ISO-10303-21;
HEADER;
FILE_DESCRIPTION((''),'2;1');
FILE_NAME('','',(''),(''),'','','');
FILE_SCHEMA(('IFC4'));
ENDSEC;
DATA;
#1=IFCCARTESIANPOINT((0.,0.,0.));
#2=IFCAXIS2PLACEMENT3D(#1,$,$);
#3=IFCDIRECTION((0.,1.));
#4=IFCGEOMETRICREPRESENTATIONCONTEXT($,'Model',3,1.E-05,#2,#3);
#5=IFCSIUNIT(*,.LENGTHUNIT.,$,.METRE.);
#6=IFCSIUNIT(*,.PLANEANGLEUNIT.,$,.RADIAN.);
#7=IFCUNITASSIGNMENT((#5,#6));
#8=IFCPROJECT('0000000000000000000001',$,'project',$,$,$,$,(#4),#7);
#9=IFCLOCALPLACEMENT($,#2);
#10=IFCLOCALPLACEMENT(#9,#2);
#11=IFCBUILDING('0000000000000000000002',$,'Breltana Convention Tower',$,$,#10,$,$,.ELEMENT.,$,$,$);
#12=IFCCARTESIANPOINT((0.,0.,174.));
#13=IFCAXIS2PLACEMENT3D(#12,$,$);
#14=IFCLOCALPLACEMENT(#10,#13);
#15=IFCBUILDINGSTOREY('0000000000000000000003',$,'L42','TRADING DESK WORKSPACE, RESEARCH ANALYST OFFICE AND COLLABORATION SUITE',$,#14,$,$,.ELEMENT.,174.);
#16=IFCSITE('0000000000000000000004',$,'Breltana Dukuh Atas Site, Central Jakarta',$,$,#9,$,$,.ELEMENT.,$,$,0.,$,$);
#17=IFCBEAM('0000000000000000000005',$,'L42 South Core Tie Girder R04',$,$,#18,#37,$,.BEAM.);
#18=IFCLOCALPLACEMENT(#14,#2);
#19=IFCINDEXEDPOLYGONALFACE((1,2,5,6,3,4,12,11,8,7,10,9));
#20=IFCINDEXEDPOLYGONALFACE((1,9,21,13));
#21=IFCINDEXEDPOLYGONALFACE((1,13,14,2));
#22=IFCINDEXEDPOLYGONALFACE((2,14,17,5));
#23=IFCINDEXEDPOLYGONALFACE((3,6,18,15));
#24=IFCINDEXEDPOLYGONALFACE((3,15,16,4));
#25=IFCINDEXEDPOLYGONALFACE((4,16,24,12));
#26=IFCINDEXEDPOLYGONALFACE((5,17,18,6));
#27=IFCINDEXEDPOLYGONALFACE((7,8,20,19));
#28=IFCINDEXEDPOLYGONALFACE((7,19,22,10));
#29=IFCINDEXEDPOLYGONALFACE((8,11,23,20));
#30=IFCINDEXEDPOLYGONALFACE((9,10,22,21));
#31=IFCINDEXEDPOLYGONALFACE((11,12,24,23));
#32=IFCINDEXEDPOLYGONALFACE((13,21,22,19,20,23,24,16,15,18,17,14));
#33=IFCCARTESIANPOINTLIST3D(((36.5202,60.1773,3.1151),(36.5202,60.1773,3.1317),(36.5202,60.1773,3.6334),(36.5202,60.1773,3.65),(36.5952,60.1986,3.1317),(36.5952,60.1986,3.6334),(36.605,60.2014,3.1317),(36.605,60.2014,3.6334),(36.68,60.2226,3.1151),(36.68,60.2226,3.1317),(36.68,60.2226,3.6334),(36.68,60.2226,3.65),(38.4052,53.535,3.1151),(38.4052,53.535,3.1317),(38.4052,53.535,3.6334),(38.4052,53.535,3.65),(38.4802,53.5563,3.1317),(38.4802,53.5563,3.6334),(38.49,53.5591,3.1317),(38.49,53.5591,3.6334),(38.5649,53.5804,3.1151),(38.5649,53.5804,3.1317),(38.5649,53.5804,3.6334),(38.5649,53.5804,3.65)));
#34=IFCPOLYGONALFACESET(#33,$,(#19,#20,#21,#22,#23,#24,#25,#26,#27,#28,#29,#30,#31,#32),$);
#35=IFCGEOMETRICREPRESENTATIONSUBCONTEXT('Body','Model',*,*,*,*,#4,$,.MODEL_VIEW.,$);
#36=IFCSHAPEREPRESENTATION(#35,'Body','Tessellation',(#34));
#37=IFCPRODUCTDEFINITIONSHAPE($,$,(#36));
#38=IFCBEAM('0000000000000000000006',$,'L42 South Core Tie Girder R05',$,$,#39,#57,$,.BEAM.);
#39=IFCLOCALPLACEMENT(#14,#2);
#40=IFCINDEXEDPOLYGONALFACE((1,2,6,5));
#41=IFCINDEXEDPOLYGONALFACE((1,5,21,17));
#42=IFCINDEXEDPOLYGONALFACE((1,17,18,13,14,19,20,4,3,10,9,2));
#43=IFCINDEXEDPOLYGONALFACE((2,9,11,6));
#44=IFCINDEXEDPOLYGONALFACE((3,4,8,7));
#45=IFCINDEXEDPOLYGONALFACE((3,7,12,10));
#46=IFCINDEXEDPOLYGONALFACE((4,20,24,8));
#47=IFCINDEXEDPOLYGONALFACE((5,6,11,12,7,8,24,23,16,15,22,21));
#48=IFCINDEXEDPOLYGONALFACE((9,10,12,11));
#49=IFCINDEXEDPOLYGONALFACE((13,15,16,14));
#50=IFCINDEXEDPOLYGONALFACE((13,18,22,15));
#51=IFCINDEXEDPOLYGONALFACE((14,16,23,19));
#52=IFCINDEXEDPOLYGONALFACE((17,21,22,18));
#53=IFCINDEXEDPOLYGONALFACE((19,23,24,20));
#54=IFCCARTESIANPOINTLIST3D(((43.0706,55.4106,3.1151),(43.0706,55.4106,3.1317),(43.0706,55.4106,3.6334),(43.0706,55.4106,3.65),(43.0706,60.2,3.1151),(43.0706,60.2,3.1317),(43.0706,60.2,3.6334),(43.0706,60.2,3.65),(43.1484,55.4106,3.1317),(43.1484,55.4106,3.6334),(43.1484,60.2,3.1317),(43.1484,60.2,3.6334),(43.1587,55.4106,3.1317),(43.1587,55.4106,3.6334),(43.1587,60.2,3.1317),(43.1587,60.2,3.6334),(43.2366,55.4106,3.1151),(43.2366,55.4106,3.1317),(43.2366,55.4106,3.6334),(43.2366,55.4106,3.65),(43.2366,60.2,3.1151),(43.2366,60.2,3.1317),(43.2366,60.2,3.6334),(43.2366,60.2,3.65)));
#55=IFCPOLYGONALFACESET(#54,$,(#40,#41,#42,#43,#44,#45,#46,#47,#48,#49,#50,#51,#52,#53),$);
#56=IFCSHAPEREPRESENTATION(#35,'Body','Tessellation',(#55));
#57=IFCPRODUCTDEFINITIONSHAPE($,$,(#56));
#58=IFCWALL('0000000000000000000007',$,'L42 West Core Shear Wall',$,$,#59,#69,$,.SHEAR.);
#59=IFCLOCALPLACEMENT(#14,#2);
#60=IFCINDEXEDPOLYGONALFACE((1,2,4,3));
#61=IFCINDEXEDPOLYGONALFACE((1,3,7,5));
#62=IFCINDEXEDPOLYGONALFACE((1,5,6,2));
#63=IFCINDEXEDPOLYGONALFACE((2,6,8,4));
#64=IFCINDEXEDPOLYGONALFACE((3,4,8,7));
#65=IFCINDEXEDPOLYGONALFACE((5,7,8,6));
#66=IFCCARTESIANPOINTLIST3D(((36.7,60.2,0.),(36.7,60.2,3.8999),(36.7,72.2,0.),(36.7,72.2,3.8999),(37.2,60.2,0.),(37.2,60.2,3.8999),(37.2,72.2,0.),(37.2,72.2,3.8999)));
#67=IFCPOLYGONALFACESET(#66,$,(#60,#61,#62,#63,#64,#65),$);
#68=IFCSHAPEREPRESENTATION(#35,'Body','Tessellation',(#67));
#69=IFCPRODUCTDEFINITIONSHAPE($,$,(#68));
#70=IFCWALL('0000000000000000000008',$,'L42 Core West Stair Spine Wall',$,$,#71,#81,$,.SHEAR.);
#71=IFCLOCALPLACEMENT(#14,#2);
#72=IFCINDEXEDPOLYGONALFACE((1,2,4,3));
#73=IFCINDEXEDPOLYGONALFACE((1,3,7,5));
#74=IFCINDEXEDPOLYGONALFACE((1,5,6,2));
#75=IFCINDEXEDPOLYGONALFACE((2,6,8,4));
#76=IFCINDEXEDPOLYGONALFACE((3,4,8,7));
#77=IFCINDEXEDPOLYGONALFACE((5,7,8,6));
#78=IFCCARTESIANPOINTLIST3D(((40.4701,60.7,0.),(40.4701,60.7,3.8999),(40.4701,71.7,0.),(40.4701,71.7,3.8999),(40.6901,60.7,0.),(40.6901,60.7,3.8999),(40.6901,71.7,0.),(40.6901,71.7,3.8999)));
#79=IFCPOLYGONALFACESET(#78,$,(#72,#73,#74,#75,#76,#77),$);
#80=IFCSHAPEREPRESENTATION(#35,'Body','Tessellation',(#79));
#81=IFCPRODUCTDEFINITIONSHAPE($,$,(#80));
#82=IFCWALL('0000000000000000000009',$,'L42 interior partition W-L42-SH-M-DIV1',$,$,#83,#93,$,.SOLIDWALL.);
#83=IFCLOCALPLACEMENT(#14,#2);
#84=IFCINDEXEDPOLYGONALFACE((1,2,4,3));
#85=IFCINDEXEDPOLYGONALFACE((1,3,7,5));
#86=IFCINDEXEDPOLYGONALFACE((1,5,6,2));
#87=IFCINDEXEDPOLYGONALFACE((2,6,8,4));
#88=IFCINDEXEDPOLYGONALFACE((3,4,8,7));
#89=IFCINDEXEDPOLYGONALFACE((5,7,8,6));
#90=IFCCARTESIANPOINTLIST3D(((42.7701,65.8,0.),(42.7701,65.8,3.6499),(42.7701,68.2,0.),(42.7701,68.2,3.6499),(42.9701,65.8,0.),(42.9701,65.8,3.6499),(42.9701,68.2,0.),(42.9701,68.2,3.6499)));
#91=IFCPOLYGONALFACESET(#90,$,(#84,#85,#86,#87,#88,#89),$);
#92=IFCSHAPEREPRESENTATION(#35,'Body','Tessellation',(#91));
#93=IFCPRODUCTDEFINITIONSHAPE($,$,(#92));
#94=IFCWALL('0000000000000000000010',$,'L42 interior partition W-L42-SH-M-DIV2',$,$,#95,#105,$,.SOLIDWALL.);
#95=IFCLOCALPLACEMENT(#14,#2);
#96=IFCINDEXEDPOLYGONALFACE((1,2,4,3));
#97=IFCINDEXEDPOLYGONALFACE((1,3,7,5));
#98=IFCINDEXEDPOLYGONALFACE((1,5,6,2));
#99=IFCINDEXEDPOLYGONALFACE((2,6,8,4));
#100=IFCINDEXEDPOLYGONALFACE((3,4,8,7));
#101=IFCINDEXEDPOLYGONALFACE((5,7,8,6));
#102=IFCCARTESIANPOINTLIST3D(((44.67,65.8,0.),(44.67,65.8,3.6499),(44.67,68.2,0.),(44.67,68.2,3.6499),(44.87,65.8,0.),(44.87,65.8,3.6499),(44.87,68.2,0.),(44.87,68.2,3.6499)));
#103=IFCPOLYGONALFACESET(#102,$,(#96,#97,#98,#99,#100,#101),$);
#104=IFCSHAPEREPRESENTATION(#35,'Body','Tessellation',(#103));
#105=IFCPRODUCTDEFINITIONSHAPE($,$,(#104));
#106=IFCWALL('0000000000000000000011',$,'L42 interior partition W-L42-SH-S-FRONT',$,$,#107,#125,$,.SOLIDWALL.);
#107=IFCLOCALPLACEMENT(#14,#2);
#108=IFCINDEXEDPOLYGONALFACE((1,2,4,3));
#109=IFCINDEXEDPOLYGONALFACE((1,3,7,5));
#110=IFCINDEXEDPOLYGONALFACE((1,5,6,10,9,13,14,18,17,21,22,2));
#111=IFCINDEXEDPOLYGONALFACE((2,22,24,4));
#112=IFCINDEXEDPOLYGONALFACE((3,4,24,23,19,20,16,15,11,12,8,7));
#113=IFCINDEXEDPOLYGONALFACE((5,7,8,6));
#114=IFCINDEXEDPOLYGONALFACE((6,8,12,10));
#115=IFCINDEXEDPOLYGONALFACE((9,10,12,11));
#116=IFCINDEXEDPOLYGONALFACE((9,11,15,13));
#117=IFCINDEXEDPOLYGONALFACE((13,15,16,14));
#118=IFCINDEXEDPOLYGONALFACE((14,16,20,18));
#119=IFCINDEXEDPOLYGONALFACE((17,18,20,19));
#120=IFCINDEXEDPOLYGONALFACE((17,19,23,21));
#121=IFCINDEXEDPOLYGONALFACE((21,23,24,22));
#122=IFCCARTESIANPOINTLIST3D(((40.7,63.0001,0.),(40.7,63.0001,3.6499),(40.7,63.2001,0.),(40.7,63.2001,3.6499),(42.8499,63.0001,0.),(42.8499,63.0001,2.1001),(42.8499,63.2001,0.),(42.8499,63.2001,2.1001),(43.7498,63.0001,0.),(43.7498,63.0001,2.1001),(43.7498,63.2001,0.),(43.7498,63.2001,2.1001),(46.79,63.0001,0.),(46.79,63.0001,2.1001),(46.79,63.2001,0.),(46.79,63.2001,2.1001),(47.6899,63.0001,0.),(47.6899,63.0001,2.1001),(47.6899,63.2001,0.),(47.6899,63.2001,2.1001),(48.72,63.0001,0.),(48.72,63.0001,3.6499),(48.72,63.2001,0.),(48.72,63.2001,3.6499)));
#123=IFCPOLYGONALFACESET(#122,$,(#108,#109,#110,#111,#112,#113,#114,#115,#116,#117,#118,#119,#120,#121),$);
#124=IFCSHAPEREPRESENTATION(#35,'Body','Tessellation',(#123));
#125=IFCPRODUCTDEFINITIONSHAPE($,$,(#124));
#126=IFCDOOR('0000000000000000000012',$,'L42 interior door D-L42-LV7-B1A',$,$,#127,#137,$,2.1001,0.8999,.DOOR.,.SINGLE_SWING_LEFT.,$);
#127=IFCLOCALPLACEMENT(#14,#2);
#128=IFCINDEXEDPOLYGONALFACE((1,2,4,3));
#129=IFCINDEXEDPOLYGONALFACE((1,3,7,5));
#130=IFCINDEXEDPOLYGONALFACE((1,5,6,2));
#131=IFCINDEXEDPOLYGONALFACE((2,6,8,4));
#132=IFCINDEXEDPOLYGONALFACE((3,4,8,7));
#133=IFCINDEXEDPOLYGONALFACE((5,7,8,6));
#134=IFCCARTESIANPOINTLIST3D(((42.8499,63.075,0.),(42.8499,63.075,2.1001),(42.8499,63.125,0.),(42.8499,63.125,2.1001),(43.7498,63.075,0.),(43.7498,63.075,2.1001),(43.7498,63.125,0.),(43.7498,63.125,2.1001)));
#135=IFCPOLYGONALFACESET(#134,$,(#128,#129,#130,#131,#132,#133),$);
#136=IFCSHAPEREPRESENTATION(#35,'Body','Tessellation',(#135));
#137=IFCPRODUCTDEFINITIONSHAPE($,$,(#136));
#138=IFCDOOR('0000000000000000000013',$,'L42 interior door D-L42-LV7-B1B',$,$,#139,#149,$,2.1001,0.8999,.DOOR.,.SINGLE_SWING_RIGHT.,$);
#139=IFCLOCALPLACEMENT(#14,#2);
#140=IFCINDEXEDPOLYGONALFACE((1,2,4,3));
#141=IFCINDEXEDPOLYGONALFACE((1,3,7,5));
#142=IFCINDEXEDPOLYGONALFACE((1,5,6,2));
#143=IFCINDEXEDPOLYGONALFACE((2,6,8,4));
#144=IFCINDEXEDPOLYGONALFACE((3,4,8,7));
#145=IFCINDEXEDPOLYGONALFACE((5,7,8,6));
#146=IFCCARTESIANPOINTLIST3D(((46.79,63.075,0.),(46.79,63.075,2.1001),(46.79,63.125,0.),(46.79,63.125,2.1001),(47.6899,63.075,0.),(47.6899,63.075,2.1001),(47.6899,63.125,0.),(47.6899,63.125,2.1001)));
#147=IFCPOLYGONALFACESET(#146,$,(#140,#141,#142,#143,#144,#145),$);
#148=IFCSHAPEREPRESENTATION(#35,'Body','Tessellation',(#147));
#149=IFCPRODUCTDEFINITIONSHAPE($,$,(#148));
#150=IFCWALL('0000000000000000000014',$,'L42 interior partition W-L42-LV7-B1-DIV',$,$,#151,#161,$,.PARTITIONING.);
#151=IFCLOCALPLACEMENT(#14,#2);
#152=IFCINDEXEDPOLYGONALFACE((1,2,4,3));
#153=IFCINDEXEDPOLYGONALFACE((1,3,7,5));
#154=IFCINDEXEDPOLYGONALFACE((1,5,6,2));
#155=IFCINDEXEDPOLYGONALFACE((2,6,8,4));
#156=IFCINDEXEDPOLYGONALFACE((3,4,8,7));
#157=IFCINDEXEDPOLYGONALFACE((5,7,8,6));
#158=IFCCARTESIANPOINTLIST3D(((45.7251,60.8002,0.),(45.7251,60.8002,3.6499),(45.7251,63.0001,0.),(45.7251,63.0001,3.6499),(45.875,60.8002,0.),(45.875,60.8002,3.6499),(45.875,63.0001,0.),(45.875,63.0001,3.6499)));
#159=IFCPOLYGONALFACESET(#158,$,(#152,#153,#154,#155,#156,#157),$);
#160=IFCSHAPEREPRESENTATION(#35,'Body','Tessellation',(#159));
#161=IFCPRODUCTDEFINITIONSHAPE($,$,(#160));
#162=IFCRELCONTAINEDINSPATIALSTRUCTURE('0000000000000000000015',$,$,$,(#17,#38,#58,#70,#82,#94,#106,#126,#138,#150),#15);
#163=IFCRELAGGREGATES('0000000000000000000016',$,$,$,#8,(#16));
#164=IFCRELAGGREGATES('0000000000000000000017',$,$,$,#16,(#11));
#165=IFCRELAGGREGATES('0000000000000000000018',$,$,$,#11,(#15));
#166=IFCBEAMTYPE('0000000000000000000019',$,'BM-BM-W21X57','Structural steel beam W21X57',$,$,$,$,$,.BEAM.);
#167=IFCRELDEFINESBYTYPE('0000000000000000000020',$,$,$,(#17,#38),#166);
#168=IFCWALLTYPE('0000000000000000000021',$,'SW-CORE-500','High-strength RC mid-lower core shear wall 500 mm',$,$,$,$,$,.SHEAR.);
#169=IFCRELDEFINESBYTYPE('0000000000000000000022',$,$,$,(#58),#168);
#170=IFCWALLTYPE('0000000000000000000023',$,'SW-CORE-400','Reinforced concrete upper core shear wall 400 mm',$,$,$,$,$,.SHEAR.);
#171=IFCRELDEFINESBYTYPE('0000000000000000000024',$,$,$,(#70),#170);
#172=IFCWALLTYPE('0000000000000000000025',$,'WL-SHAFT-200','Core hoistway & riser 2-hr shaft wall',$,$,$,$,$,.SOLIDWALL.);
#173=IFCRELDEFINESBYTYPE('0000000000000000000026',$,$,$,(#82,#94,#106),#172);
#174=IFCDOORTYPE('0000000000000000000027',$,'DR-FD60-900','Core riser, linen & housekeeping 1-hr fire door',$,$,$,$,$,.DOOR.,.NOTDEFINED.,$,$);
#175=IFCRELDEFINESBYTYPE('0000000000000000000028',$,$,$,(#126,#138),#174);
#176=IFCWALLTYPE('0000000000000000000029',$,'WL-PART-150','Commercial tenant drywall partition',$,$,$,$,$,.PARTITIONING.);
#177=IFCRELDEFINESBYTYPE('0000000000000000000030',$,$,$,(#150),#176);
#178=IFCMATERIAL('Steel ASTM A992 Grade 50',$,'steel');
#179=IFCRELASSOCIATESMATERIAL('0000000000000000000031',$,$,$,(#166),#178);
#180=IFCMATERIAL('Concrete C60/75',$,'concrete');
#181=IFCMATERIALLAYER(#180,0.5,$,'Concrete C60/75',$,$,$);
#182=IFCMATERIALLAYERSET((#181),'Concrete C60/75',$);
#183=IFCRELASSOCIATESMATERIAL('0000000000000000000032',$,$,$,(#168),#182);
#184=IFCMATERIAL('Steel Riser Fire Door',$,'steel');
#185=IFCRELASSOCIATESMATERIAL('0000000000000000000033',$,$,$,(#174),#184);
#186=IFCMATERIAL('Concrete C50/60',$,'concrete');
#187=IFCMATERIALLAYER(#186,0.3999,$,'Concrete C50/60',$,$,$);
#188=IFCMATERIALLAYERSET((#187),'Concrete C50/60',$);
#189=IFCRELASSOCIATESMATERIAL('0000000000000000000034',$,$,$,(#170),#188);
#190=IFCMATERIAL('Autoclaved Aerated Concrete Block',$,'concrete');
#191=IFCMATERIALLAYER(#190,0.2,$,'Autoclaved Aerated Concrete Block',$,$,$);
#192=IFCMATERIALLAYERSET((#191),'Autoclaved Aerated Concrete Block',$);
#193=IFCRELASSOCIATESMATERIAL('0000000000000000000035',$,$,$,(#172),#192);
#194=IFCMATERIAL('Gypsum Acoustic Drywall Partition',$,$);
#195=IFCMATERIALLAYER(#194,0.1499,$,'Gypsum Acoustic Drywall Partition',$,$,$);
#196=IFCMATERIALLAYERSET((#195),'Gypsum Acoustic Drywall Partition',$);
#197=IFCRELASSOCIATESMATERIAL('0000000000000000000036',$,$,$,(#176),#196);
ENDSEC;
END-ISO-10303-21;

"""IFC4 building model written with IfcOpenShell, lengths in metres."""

from ifc_helpers import new_model, si_unit, direction, frame, frame_2d, origin, origin_2d, place, context, subcontext, project, spatial, rectangle, i_section, extrude, source, transform, mapped, material, layer, layer_set, material_profile, profile_set, type_object, type_shapes, element, fill, save


model = new_model("IFC4")

# Units and contexts
model_context = context("Model", 3, precision=1e-05, world=origin(), true_north=direction((0.0, 1.0)))
body_context = subcontext(model_context, "Body", "Model", "MODEL_VIEW")
ifc_project = project(units=[si_unit("LENGTHUNIT", "METRE"), si_unit("PLANEANGLEUNIT", "RADIAN")], contexts=[model_context])

# Site, building, storey
site_placement = place(None, origin())
site = spatial("IfcSite", under=ifc_project, at=site_placement, Name="Breltana Dukuh Atas Site, Central Jakarta", CompositionType="ELEMENT", RefElevation=0.0)
building_placement = place(site_placement, origin())
building = spatial("IfcBuilding", under=site, at=building_placement, Name="Breltana Convention Tower", CompositionType="ELEMENT")
storey_placement = place(building_placement, frame((0.0, 0.0, 174.0)))
storey = spatial("IfcBuildingStorey", under=building, at=storey_placement, Name="L42", Description="TRADING DESK WORKSPACE, RESEARCH ANALYST OFFICE AND COLLABORATION SUITE", CompositionType="ELEMENT", Elevation=174.0)

# Beams
ifc_material_1 = material(Name="Steel ASTM A992 Grade 50", Category="steel")
ifc_material_profile = material_profile(ifc_material_1, i_section(OverallWidth=0.166, OverallDepth=0.5349, WebThickness=0.0103, FlangeThickness=0.0166, at=origin_2d()), Name="W21X57")
ifc_profile_set = profile_set([ifc_material_profile], Name="Steel ASTM A992 Grade 50")
beam_type = type_object("IfcBeamType", Name="BM-BM-W21X57", Description="Structural steel beam W21X57", PredefinedType="BEAM", material=ifc_profile_set)
shared_shape_1 = source(origin(), body_context, "Body", "SweptSolid", [
    extrude(i_section(OverallWidth=0.166, OverallDepth=0.5349, WebThickness=0.0103, FlangeThickness=0.0166, at=origin_2d()), origin(), (0.0, 0.0, 1.0), 6.9045),
])
type_shapes(beam_type, [shared_shape_1])
beam_1_placement = place(storey_placement, frame((36.6001, 60.2, 3.3826), z_axis=(0.273007, -0.962012, 0.0), x_axis=(0.962012, 0.273007, 0.0)))
element("IfcBeam", 1, at=beam_1_placement, inside=storey, type_object=beam_type, Name="L42 South Core Tie Girder R04", PredefinedType="BEAM", context=body_context, shape_type="MappedRepresentation", body=[
    mapped(shared_shape_1, transform((0.0, 0.0, 0.0), scale=1.0)),
])
shared_shape_2 = source(origin(), body_context, "Body", "SweptSolid", [
    extrude(i_section(OverallWidth=0.166, OverallDepth=0.5349, WebThickness=0.0103, FlangeThickness=0.0166, at=origin_2d()), origin(), (0.0, 0.0, 1.0), 4.7893),
])
beam_2_placement = place(storey_placement, frame((43.1536, 60.2, 3.3826), z_axis=(0.0, -1.0, 0.0), x_axis=(1.0, 0.0, 0.0)))
element("IfcBeam", 2, at=beam_2_placement, inside=storey, type_object=beam_type, Name="L42 South Core Tie Girder R05", PredefinedType="BEAM", context=body_context, shape_type="MappedRepresentation", body=[
    mapped(shared_shape_2, transform((0.0, 0.0, 0.0), scale=1.0)),
])

# Wall
ifc_material_2 = material(Name="Concrete C60/75", Category="concrete")
ifc_layer_1 = layer(ifc_material_2, 0.5, Name="Concrete C60/75")
ifc_layer_set_1 = layer_set([ifc_layer_1], Name="Concrete C60/75")
wall_type_1 = type_object("IfcWallType", Name="SW-CORE-500", Description="High-strength RC mid-lower core shear wall 500 mm", PredefinedType="SHEAR", material=ifc_layer_set_1)
shared_shape_3 = source(origin(), body_context, "Body", "SweptSolid", [
    extrude(rectangle(XDim=12.0, YDim=0.5, at=frame_2d((6.0, 0.0))), origin(), (0.0, 0.0, 1.0), 3.8999),
])
wall_1_placement = place(storey_placement, frame((36.95, 60.2, 0.0), z_axis=(0.0, 0.0, 1.0), x_axis=(0.0, 1.0, 0.0)))
element("IfcWall", 3, at=wall_1_placement, inside=storey, type_object=wall_type_1, Name="L42 West Core Shear Wall", PredefinedType="SHEAR", context=body_context, shape_type="MappedRepresentation", body=[
    mapped(shared_shape_3, transform((0.0, 0.0, 0.0), scale=1.0)),
])

# Shared definitions
ifc_material_3 = material(Name="Steel Riser Fire Door", Category="steel")
door_type_1 = type_object("IfcDoorType", Name="DR-FD60-900", Description="Core riser, linen & housekeeping 1-hr fire door", OperationType="NOTDEFINED", PredefinedType="DOOR", material=ifc_material_3)
shared_shape_4 = source(origin(), body_context, "Body", "SweptSolid", [
    extrude(rectangle(XDim=0.8999, YDim=2.1001, at=frame_2d((0.45, 1.05))), frame((0.0, 0.0249, 0.0), z_axis=(0.0, -1.0, 0.0), x_axis=(1.0, 0.0, 0.0)), (0.0, 0.0, 1.0), 0.05),
])
type_shapes(door_type_1, [shared_shape_4])

# Walls
ifc_material_4 = material(Name="Concrete C50/60", Category="concrete")
ifc_layer_2 = layer(ifc_material_4, 0.3999, Name="Concrete C50/60")
ifc_layer_set_2 = layer_set([ifc_layer_2], Name="Concrete C50/60")
wall_type_2 = type_object("IfcWallType", Name="SW-CORE-400", Description="Reinforced concrete upper core shear wall 400 mm", PredefinedType="SHEAR", material=ifc_layer_set_2)
shared_shape_5 = source(origin(), body_context, "Body", "SweptSolid", [
    extrude(rectangle(XDim=11.0, YDim=0.22, at=frame_2d((5.5, 0.0))), origin(), (0.0, 0.0, 1.0), 3.8999),
])
wall_2_placement = place(storey_placement, frame((40.5801, 60.7, 0.0), z_axis=(0.0, 0.0, 1.0), x_axis=(0.0, 1.0, 0.0)))
element("IfcWall", 4, at=wall_2_placement, inside=storey, type_object=wall_type_2, Name="L42 Core West Stair Spine Wall", PredefinedType="SHEAR", context=body_context, shape_type="MappedRepresentation", body=[
    mapped(shared_shape_5, transform((0.0, 0.0, 0.0), scale=1.0)),
])
ifc_material_5 = material(Name="Autoclaved Aerated Concrete Block", Category="concrete")
ifc_layer_3 = layer(ifc_material_5, 0.2, Name="Autoclaved Aerated Concrete Block")
ifc_layer_set_3 = layer_set([ifc_layer_3], Name="Autoclaved Aerated Concrete Block")
wall_type_3 = type_object("IfcWallType", Name="WL-SHAFT-200", Description="Core hoistway & riser 2-hr shaft wall", PredefinedType="SOLIDWALL", material=ifc_layer_set_3)
shared_shape_6 = source(origin(), body_context, "Body", "SweptSolid", [
    extrude(rectangle(XDim=2.3999, YDim=0.2, at=frame_2d((1.2, 0.0))), origin(), (0.0, 0.0, 1.0), 3.6499),
])
for number, where, z_axis, x_axis, name in (
    (5, (42.8701, 65.8, 0.0), (0.0, 0.0, 1.0), (0.0, 1.0, 0.0), "L42 interior partition W-L42-SH-M-DIV1"),
    (6, (44.77, 65.8, 0.0), (0.0, 0.0, 1.0), (0.0, 1.0, 0.0), "L42 interior partition W-L42-SH-M-DIV2"),
):
    element("IfcWall", number, at=place(storey_placement, frame(where, z_axis=z_axis, x_axis=x_axis)), inside=storey, type_object=wall_type_3, Name=name, PredefinedType="SOLIDWALL", context=body_context, shape_type="MappedRepresentation", body=[
        mapped(shared_shape_6, transform((0.0, 0.0, 0.0), scale=1.0)),
    ])

# Wall, openings, doors
shared_shape_7 = source(origin(), body_context, "Body", "SweptSolid", [
    extrude(rectangle(XDim=8.02, YDim=0.2, at=frame_2d((4.01, 0.0))), origin(), (0.0, 0.0, 1.0), 3.6499),
])
wall_3_placement = place(storey_placement, frame((40.7, 63.1001, 0.0), z_axis=(0.0, 0.0, 1.0), x_axis=(1.0, 0.0, 0.0)))
wall_3 = element("IfcWall", 7, at=wall_3_placement, inside=storey, type_object=wall_type_3, Name="L42 interior partition W-L42-SH-S-FRONT", PredefinedType="SOLIDWALL", context=body_context, shape_type="MappedRepresentation", body=[
    mapped(shared_shape_7, transform((0.0, 0.0, 0.0), scale=1.0)),
])
opening_1_placement = place(wall_3_placement, frame((2.1499, 0.0, 0.0)))
opening_1 = element("IfcOpeningElement", 8, at=opening_1_placement, cuts=wall_3, PredefinedType="OPENING", context=body_context, shape_type="SweptSolid", body=[
    extrude(rectangle(XDim=0.8999, YDim=2.1001, at=frame_2d((0.45, 1.05))), frame((0.0, 0.1099, 0.0), z_axis=(0.0, -1.0, 0.0), x_axis=(1.0, 0.0, 0.0)), (0.0, 0.0, 1.0), 0.22),
])
opening_2_placement = place(wall_3_placement, frame((6.0901, 0.0, 0.0)))
opening_2 = element("IfcOpeningElement", 9, at=opening_2_placement, cuts=wall_3, PredefinedType="OPENING", context=body_context, shape_type="SweptSolid", body=[
    extrude(rectangle(XDim=0.8999, YDim=2.1001, at=frame_2d((0.45, 1.05))), frame((0.0, 0.1099, 0.0), z_axis=(0.0, -1.0, 0.0), x_axis=(1.0, 0.0, 0.0)), (0.0, 0.0, 1.0), 0.22),
])
door_1_placement = place(opening_1_placement, origin())
door_1 = element("IfcDoor", 10, at=door_1_placement, inside=storey, type_object=door_type_1, Name="L42 interior door D-L42-LV7-B1A", OperationType="SINGLE_SWING_LEFT", OverallHeight=2.1001, OverallWidth=0.8999, PredefinedType="DOOR", context=body_context, shape_type="MappedRepresentation", body=[
    mapped(shared_shape_4, transform((0.0, 0.0, 0.0), scale=1.0)),
])
fill(opening_1, door_1)
door_2_placement = place(opening_2_placement, origin())
door_2 = element("IfcDoor", 11, at=door_2_placement, inside=storey, type_object=door_type_1, Name="L42 interior door D-L42-LV7-B1B", OperationType="SINGLE_SWING_RIGHT", OverallHeight=2.1001, OverallWidth=0.8999, PredefinedType="DOOR", context=body_context, shape_type="MappedRepresentation", body=[
    mapped(shared_shape_4, transform((0.0, 0.0, 0.0), scale=1.0)),
])
fill(opening_2, door_2)

# Wall
ifc_material_6 = material(Name="Gypsum Acoustic Drywall Partition")
ifc_layer_4 = layer(ifc_material_6, 0.1499, Name="Gypsum Acoustic Drywall Partition")
ifc_layer_set_4 = layer_set([ifc_layer_4], Name="Gypsum Acoustic Drywall Partition")
wall_type_4 = type_object("IfcWallType", Name="WL-PART-150", Description="Commercial tenant drywall partition", PredefinedType="PARTITIONING", material=ifc_layer_set_4)
shared_shape_8 = source(origin(), body_context, "Body", "SweptSolid", [
    extrude(rectangle(XDim=2.2, YDim=0.1499, at=frame_2d((1.1001, 0.0))), origin(), (0.0, 0.0, 1.0), 3.6499),
])
wall_4_placement = place(storey_placement, frame((45.8, 60.8, 0.0), z_axis=(0.0, 0.0, 1.0), x_axis=(0.0, 1.0, 0.0)))
element("IfcWall", 12, at=wall_4_placement, inside=storey, type_object=wall_type_4, Name="L42 interior partition W-L42-LV7-B1-DIV", PredefinedType="PARTITIONING", context=body_context, shape_type="MappedRepresentation", body=[
    mapped(shared_shape_8, transform((0.0, 0.0, 0.0), scale=1.0)),
])

save(model, "model.ifc")
